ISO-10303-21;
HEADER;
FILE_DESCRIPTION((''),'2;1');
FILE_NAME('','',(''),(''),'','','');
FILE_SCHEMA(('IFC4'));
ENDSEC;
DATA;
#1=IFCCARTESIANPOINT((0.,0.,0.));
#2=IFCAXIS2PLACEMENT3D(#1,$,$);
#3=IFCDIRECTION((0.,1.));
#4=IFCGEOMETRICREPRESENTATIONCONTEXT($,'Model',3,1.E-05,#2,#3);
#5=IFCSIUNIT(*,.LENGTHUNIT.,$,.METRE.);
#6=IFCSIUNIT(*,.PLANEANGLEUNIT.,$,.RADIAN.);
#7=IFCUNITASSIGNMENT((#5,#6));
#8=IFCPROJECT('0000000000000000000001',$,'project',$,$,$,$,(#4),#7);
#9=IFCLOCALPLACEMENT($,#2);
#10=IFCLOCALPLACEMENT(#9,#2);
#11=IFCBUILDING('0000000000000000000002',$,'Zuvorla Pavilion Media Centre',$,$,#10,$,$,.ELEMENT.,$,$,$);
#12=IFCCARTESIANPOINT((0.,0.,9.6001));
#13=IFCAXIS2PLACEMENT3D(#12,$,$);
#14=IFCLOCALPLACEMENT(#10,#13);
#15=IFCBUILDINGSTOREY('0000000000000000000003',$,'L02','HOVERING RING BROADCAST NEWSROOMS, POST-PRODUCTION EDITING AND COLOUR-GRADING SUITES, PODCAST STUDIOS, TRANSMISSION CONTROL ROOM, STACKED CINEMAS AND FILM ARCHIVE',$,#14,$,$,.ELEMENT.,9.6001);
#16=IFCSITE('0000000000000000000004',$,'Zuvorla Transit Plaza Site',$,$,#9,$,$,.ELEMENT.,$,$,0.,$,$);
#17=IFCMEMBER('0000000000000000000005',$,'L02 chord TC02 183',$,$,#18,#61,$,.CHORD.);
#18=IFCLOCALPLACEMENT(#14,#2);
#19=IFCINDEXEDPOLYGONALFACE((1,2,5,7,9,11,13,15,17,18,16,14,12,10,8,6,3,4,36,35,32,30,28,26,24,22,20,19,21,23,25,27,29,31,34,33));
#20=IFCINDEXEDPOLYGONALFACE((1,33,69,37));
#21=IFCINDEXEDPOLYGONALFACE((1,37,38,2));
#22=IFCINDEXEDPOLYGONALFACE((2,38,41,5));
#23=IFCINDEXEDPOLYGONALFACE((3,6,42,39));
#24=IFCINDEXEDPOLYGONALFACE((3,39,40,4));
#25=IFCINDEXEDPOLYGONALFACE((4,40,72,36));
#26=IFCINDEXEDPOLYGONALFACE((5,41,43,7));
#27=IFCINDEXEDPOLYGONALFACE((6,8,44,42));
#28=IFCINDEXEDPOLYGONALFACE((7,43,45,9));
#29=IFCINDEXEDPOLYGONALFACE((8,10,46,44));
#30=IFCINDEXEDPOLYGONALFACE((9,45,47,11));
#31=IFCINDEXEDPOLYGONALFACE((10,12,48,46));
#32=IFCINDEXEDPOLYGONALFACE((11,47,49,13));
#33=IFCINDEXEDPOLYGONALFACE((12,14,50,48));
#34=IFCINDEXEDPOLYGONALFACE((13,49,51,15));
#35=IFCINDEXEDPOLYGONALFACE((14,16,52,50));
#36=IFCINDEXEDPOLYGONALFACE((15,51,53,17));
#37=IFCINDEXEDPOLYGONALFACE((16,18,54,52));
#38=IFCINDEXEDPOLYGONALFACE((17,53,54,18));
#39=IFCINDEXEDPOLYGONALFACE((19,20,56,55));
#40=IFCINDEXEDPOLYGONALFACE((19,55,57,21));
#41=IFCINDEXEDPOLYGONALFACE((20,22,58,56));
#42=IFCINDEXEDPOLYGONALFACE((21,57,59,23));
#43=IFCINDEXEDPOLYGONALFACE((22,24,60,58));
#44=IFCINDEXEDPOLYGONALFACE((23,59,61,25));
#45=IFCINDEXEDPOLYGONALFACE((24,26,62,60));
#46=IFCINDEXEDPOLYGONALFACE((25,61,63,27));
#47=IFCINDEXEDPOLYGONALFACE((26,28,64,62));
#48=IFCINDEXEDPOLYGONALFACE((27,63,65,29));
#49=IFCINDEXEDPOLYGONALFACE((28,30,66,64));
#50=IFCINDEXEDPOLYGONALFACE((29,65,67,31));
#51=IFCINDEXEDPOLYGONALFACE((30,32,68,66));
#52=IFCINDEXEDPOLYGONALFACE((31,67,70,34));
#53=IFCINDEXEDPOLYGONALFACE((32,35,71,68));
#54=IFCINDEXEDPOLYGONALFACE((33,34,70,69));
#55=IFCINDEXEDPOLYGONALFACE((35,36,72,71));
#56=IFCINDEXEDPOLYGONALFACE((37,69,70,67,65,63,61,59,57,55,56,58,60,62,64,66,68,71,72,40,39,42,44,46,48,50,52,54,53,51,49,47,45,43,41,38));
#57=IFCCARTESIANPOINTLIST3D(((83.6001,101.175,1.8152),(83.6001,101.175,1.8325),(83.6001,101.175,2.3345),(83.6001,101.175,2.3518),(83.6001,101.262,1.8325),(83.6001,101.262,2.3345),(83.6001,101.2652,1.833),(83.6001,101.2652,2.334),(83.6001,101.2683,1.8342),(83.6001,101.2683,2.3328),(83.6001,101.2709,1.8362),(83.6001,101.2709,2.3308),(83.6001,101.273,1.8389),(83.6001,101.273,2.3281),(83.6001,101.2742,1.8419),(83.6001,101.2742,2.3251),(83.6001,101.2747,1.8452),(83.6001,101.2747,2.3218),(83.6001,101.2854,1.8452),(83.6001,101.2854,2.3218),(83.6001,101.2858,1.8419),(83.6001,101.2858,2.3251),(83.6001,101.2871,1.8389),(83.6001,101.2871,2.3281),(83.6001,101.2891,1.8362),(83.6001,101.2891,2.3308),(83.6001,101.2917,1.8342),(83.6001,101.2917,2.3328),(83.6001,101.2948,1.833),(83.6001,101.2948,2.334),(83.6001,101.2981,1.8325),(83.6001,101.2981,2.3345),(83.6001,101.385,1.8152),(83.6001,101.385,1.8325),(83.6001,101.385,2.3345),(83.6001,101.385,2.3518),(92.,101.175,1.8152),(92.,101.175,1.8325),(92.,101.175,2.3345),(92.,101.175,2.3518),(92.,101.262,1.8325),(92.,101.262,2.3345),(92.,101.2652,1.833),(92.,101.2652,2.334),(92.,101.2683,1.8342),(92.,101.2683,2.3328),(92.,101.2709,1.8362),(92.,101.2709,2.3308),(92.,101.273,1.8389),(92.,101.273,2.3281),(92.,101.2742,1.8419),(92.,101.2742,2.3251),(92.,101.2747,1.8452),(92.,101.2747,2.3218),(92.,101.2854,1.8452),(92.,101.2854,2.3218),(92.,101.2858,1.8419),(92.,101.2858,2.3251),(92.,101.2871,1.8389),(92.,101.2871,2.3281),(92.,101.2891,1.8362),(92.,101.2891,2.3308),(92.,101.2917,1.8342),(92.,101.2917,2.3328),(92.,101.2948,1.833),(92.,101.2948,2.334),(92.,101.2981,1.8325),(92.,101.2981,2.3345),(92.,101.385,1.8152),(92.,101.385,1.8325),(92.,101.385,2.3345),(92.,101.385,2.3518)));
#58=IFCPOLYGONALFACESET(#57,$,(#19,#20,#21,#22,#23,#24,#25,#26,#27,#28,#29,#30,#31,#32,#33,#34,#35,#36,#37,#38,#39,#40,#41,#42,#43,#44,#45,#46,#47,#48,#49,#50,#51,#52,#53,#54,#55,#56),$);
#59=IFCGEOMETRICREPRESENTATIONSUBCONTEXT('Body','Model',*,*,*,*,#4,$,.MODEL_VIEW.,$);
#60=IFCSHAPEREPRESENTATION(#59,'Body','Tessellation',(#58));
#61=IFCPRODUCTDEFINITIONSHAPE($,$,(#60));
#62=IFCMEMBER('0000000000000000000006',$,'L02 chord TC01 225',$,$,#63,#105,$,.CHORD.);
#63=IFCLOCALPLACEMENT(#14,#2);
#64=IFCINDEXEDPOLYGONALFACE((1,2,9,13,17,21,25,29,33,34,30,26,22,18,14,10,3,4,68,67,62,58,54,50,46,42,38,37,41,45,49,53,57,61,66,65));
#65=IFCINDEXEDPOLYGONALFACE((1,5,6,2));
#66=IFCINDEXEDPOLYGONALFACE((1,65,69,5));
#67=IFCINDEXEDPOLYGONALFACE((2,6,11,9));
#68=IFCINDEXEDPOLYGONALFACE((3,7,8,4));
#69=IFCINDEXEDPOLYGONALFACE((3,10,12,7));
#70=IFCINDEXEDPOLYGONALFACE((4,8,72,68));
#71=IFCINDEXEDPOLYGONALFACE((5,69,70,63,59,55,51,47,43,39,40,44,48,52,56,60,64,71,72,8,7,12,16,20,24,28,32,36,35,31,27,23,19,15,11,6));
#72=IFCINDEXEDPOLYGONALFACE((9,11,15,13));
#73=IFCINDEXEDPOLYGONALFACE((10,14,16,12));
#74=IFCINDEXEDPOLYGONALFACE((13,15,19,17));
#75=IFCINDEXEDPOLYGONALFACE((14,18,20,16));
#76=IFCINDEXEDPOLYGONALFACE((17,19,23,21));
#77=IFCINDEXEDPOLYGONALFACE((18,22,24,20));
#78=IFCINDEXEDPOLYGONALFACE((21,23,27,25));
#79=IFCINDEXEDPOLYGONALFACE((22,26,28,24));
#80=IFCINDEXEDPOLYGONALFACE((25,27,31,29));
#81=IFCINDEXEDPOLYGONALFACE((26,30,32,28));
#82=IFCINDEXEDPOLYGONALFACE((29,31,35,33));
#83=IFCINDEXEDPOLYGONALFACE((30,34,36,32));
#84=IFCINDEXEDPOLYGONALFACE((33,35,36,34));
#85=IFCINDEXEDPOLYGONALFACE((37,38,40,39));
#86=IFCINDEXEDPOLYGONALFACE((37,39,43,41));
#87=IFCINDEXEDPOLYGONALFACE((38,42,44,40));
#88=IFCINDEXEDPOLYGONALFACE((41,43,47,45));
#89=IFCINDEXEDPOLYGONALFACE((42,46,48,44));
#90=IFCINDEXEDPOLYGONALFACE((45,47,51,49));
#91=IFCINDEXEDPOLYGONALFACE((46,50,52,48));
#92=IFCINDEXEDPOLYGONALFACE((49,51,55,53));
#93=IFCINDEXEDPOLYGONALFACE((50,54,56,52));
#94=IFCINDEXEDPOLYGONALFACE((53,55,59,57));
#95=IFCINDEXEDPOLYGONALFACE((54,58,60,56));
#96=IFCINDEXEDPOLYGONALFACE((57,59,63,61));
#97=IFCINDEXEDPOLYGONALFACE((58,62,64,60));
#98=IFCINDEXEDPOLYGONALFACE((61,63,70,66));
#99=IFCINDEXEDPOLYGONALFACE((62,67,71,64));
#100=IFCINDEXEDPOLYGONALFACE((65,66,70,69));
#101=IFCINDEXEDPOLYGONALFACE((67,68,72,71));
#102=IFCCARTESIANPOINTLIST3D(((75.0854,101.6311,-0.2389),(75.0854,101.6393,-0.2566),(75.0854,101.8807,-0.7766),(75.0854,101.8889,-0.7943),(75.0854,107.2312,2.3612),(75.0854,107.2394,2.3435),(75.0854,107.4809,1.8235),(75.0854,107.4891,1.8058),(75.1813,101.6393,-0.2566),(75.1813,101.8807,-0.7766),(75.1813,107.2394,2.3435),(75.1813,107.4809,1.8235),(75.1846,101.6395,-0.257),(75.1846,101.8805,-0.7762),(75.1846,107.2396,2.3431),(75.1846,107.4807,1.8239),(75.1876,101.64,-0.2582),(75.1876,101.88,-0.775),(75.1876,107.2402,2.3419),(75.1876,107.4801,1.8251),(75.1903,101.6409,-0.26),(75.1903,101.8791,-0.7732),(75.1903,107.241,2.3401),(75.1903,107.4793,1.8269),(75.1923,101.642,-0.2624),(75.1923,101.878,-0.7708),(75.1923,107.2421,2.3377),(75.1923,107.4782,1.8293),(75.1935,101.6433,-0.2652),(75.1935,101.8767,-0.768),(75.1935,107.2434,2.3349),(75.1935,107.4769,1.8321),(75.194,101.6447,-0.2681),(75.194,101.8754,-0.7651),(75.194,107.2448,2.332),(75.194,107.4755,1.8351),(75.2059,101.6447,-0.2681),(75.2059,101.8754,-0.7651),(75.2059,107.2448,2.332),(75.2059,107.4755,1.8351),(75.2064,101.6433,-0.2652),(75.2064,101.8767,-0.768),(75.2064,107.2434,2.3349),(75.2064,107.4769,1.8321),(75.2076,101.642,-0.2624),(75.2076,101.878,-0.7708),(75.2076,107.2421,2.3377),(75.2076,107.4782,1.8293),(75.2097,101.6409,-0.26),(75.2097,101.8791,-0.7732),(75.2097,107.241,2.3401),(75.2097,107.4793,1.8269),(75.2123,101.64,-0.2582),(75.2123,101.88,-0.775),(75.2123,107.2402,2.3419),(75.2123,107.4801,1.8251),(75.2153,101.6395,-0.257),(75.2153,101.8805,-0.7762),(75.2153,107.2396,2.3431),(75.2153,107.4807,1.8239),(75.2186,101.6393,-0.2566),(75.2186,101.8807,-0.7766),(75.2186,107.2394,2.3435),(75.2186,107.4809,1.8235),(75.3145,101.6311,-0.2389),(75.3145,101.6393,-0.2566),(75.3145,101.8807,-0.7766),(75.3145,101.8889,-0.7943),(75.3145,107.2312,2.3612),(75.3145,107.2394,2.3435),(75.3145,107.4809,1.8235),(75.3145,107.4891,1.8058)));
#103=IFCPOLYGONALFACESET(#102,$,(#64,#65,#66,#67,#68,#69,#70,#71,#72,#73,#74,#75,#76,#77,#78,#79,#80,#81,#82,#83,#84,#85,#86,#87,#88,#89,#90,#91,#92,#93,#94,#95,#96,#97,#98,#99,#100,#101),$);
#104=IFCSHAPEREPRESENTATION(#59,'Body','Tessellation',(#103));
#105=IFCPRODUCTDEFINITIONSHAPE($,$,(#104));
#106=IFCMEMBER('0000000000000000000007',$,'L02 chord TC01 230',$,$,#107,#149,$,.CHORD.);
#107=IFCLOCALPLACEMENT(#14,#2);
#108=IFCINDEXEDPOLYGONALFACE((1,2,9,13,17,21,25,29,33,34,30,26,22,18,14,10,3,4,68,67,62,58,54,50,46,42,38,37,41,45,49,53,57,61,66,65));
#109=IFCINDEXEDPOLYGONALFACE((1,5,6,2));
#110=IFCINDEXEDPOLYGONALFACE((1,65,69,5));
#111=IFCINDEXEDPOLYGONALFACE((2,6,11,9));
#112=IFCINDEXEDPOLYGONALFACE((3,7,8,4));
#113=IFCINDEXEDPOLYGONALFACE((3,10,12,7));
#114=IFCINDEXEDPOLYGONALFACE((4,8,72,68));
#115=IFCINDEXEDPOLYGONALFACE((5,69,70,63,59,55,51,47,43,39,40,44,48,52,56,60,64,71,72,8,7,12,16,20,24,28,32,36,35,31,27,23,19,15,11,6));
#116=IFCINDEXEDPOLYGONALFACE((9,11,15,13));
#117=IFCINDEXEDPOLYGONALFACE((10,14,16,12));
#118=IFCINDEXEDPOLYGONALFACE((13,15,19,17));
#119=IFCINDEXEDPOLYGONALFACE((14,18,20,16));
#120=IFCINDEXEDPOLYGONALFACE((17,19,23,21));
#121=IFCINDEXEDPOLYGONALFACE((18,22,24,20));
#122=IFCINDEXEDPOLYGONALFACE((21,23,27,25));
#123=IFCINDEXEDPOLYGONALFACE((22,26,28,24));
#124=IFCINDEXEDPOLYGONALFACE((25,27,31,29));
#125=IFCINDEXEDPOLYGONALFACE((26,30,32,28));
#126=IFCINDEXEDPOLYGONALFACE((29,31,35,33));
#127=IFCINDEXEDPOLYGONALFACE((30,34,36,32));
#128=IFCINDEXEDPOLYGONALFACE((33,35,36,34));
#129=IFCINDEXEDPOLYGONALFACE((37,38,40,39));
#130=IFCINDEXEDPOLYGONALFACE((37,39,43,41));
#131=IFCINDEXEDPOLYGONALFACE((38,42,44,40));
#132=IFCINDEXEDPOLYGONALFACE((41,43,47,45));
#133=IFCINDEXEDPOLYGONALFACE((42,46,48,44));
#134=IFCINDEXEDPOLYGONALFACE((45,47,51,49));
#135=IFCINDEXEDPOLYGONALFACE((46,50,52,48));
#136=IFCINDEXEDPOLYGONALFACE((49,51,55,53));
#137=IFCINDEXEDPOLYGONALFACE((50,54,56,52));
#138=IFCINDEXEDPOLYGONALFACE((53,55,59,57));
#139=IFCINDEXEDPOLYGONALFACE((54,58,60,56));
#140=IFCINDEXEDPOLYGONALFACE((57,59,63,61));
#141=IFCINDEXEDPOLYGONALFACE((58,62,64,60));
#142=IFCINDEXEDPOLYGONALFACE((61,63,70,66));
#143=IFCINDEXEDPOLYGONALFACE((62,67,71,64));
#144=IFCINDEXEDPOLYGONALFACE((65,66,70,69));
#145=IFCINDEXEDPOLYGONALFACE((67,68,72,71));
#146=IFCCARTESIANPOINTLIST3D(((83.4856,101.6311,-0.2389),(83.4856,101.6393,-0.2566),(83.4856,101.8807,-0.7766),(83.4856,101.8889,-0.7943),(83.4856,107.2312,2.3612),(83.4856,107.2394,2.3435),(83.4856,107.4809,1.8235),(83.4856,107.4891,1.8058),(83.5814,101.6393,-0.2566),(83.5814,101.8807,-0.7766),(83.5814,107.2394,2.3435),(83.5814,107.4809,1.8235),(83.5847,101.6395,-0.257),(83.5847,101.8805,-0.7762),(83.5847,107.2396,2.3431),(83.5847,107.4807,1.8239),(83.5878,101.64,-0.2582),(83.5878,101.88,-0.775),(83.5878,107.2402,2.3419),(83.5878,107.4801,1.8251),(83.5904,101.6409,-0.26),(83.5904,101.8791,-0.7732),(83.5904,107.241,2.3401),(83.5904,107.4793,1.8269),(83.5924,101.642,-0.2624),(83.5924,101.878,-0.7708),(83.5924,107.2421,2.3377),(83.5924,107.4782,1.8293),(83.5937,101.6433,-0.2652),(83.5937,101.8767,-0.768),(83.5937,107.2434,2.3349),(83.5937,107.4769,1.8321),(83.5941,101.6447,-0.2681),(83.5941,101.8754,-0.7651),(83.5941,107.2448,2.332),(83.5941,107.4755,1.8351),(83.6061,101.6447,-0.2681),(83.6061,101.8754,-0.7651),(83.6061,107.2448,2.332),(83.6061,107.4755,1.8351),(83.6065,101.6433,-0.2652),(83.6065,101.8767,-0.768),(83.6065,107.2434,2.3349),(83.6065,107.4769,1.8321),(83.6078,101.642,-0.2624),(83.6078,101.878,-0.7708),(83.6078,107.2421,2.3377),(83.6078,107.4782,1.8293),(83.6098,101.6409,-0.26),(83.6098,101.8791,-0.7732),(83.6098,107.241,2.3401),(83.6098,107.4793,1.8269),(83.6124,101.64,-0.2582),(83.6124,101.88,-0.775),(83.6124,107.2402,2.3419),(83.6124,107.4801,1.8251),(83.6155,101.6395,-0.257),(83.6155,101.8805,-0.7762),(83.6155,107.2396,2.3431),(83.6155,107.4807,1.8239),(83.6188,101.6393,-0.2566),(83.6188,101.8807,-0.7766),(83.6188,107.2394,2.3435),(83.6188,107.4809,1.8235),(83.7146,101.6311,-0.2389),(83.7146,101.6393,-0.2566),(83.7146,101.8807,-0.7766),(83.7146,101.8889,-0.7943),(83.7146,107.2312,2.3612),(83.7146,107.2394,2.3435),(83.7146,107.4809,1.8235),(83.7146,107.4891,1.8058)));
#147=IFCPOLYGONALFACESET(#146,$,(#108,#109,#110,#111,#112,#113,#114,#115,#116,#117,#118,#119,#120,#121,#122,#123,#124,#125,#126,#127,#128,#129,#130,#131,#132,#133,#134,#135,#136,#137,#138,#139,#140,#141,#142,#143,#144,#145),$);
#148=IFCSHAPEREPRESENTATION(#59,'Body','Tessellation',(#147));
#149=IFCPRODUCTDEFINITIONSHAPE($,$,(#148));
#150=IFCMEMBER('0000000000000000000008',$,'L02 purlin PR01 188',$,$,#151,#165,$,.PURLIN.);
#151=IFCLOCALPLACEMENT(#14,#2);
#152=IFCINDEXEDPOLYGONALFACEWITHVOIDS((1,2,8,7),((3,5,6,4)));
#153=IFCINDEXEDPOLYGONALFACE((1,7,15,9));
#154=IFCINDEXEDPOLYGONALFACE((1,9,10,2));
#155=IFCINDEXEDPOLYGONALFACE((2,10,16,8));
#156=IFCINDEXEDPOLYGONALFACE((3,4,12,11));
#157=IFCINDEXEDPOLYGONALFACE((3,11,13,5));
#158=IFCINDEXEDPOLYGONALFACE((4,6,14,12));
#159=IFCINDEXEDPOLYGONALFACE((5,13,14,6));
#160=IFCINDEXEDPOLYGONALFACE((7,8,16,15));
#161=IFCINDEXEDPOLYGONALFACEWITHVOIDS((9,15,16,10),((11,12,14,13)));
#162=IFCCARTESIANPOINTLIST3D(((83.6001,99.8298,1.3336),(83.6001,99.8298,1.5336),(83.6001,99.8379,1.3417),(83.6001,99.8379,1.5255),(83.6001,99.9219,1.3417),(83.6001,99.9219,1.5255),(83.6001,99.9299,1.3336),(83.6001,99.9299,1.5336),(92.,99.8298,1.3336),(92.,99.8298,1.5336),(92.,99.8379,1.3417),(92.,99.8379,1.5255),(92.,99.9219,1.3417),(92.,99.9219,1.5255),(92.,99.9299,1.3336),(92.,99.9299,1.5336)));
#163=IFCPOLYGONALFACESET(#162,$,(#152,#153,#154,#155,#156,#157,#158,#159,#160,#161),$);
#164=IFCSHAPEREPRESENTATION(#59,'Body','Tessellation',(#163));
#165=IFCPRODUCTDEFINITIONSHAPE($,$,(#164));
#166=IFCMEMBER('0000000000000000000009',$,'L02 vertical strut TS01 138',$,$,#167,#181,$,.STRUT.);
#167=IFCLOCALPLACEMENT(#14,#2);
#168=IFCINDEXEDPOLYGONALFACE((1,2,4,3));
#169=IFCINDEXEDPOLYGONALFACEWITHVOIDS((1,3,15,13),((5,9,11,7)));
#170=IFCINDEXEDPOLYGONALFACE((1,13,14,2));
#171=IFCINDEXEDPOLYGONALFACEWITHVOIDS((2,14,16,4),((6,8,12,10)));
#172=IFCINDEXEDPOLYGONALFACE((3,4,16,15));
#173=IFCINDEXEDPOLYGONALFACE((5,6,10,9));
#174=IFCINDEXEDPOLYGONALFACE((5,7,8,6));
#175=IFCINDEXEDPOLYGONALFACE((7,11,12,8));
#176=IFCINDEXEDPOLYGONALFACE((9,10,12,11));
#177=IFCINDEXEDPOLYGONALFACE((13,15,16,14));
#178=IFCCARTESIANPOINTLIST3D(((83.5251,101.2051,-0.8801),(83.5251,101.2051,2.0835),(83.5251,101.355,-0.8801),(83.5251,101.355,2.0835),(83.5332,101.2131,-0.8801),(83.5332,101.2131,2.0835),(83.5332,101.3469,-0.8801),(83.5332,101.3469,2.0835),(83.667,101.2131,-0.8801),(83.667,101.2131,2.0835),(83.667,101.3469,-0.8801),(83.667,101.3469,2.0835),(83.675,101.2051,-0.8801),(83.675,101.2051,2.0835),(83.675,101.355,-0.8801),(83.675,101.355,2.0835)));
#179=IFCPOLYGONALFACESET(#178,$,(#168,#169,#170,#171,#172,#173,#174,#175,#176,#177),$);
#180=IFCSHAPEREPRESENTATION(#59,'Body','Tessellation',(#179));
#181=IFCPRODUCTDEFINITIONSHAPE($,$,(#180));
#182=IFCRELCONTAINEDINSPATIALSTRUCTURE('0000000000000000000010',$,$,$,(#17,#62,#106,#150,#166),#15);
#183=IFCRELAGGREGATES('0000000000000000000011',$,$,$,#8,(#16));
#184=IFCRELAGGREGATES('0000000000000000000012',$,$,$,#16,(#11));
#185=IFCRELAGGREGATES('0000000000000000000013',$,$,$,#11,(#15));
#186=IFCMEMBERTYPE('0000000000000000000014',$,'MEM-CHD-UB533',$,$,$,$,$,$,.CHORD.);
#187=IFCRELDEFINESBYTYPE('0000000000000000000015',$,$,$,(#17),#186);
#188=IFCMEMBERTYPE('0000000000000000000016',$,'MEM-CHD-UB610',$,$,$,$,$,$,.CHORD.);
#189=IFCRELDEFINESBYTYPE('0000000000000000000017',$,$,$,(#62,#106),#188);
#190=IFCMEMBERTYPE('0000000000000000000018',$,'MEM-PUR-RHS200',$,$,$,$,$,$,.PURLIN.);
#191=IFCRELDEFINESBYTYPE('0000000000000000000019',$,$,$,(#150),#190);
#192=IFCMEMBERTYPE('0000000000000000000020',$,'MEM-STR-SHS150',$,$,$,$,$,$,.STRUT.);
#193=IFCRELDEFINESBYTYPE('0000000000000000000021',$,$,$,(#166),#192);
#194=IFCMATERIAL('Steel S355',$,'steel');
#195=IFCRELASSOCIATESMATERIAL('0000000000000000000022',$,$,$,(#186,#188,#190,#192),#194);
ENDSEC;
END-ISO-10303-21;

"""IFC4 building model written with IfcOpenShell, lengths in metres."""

from ifc_helpers import new_model, si_unit, direction, frame, origin, origin_2d, place, context, subcontext, project, spatial, hollow_rectangle, i_section, extrude, material, material_profile, profile_set, type_object, element, save


model = new_model("IFC4")

# Units and contexts
model_context = context("Model", 3, precision=1e-05, world=origin(), true_north=direction((0.0, 1.0)))
body_context = subcontext(model_context, "Body", "Model", "MODEL_VIEW")
ifc_project = project(units=[si_unit("LENGTHUNIT", "METRE"), si_unit("PLANEANGLEUNIT", "RADIAN")], contexts=[model_context])

# Site, building, storey
site_placement = place(None, origin())
site = spatial("IfcSite", under=ifc_project, at=site_placement, Name="Zuvorla Transit Plaza Site", CompositionType="ELEMENT", RefElevation=0.0)
building_placement = place(site_placement, origin())
building = spatial("IfcBuilding", under=site, at=building_placement, Name="Zuvorla Pavilion Media Centre", CompositionType="ELEMENT")
storey_placement = place(building_placement, frame((0.0, 0.0, 9.6001)))
storey = spatial("IfcBuildingStorey", under=building, at=storey_placement, Name="L02", Description="HOVERING RING BROADCAST NEWSROOMS, POST-PRODUCTION EDITING AND COLOUR-GRADING SUITES, PODCAST STUDIOS, TRANSMISSION CONTROL ROOM, STACKED CINEMAS AND FILM ARCHIVE", CompositionType="ELEMENT", Elevation=9.6001)

# Shared definitions
ifc_material_1 = material(Name="Steel S355", Category="steel")

# Members
ifc_material_profile_1 = material_profile(ifc_material_1, i_section(OverallWidth=0.21, OverallDepth=0.5366, WebThickness=0.0107, FlangeThickness=0.0173, FilletRadius=0.0127, at=origin_2d()), Name="UB 533x210x101")
ifc_profile_set_1 = profile_set([ifc_material_profile_1], Name="Steel S355")
member_type_1 = type_object("IfcMemberType", Name="MEM-CHD-UB533", PredefinedType="CHORD", material=ifc_profile_set_1)
member_1_placement = place(storey_placement, frame((83.6001, 101.28, 2.0835), z_axis=(1.0, 0.0, 0.0), x_axis=(0.0, 1.0, 0.0)))
element("IfcMember", 1, at=member_1_placement, inside=storey, type_object=member_type_1, Name="L02 chord TC02 183", PredefinedType="CHORD", context=body_context, shape_type="SweptSolid", body=[
    extrude(i_section(OverallWidth=0.21, OverallDepth=0.5366, WebThickness=0.0107, FlangeThickness=0.0173, FilletRadius=0.0127, at=origin_2d()), origin(), (0.0, 0.0, 1.0), 8.3999),
])
ifc_material_profile_2 = material_profile(ifc_material_1, i_section(OverallWidth=0.229, OverallDepth=0.6123, WebThickness=0.012, FlangeThickness=0.0195, FilletRadius=0.0127, at=origin_2d()), Name="UB 610x229x125")
ifc_profile_set_2 = profile_set([ifc_material_profile_2], Name="Steel S355")
member_type_2 = type_object("IfcMemberType", Name="MEM-CHD-UB610", PredefinedType="CHORD", material=ifc_profile_set_2)
for number, where, z_axis, x_axis, name in (
    (2, (75.2, 101.76, -0.5166), (0.0, 0.907006, 0.421118), (-1.0, 0.0, 0.0), "L02 chord TC01 225"),
    (3, (83.6001, 101.76, -0.5166), (0.0, 0.907006, 0.421118), (-1.0, 0.0, 0.0), "L02 chord TC01 230"),
):
    element("IfcMember", number, at=place(storey_placement, frame(where, z_axis=z_axis, x_axis=x_axis)), inside=storey, type_object=member_type_2, Name=name, PredefinedType="CHORD", context=body_context, shape_type="SweptSolid", body=[
        extrude(i_section(OverallWidth=0.229, OverallDepth=0.6123, WebThickness=0.012, FlangeThickness=0.0195, FilletRadius=0.0127, at=origin_2d()), origin(), (0.0, 0.0, 1.0), 6.1743),
    ])
ifc_material_profile_3 = material_profile(ifc_material_1, hollow_rectangle(XDim=0.1001, YDim=0.2, WallThickness=0.0081, at=origin_2d()), Name="RHS 200x100x8")
ifc_profile_set_3 = profile_set([ifc_material_profile_3], Name="Steel S355")
member_type_3 = type_object("IfcMemberType", Name="MEM-PUR-RHS200", PredefinedType="PURLIN", material=ifc_profile_set_3)
member_2_placement = place(storey_placement, frame((83.6001, 99.8799, 1.4336), z_axis=(1.0, 0.0, 0.0), x_axis=(0.0, 1.0, 0.0)))
element("IfcMember", 4, at=member_2_placement, inside=storey, type_object=member_type_3, Name="L02 purlin PR01 188", PredefinedType="PURLIN", context=body_context, shape_type="SweptSolid", body=[
    extrude(hollow_rectangle(XDim=0.1001, YDim=0.2, WallThickness=0.0081, at=origin_2d()), origin(), (0.0, 0.0, 1.0), 8.3999),
])
ifc_material_profile_4 = material_profile(ifc_material_1, hollow_rectangle(XDim=0.1499, YDim=0.1499, WallThickness=0.0081, at=origin_2d()), Name="SHS 150x150x8")
ifc_profile_set_4 = profile_set([ifc_material_profile_4], Name="Steel S355")
member_type_4 = type_object("IfcMemberType", Name="MEM-STR-SHS150", PredefinedType="STRUT", material=ifc_profile_set_4)
member_3_placement = place(storey_placement, frame((83.6001, 101.28, -0.8801), z_axis=(0.0, 0.0, 1.0), x_axis=(1.0, 0.0, 0.0)))
element("IfcMember", 5, at=member_3_placement, inside=storey, type_object=member_type_4, Name="L02 vertical strut TS01 138", PredefinedType="STRUT", context=body_context, shape_type="SweptSolid", body=[
    extrude(hollow_rectangle(XDim=0.1499, YDim=0.1499, WallThickness=0.0081, at=origin_2d()), origin(), (0.0, 0.0, 1.0), 2.9636),
])

save(model, "model.ifc")
